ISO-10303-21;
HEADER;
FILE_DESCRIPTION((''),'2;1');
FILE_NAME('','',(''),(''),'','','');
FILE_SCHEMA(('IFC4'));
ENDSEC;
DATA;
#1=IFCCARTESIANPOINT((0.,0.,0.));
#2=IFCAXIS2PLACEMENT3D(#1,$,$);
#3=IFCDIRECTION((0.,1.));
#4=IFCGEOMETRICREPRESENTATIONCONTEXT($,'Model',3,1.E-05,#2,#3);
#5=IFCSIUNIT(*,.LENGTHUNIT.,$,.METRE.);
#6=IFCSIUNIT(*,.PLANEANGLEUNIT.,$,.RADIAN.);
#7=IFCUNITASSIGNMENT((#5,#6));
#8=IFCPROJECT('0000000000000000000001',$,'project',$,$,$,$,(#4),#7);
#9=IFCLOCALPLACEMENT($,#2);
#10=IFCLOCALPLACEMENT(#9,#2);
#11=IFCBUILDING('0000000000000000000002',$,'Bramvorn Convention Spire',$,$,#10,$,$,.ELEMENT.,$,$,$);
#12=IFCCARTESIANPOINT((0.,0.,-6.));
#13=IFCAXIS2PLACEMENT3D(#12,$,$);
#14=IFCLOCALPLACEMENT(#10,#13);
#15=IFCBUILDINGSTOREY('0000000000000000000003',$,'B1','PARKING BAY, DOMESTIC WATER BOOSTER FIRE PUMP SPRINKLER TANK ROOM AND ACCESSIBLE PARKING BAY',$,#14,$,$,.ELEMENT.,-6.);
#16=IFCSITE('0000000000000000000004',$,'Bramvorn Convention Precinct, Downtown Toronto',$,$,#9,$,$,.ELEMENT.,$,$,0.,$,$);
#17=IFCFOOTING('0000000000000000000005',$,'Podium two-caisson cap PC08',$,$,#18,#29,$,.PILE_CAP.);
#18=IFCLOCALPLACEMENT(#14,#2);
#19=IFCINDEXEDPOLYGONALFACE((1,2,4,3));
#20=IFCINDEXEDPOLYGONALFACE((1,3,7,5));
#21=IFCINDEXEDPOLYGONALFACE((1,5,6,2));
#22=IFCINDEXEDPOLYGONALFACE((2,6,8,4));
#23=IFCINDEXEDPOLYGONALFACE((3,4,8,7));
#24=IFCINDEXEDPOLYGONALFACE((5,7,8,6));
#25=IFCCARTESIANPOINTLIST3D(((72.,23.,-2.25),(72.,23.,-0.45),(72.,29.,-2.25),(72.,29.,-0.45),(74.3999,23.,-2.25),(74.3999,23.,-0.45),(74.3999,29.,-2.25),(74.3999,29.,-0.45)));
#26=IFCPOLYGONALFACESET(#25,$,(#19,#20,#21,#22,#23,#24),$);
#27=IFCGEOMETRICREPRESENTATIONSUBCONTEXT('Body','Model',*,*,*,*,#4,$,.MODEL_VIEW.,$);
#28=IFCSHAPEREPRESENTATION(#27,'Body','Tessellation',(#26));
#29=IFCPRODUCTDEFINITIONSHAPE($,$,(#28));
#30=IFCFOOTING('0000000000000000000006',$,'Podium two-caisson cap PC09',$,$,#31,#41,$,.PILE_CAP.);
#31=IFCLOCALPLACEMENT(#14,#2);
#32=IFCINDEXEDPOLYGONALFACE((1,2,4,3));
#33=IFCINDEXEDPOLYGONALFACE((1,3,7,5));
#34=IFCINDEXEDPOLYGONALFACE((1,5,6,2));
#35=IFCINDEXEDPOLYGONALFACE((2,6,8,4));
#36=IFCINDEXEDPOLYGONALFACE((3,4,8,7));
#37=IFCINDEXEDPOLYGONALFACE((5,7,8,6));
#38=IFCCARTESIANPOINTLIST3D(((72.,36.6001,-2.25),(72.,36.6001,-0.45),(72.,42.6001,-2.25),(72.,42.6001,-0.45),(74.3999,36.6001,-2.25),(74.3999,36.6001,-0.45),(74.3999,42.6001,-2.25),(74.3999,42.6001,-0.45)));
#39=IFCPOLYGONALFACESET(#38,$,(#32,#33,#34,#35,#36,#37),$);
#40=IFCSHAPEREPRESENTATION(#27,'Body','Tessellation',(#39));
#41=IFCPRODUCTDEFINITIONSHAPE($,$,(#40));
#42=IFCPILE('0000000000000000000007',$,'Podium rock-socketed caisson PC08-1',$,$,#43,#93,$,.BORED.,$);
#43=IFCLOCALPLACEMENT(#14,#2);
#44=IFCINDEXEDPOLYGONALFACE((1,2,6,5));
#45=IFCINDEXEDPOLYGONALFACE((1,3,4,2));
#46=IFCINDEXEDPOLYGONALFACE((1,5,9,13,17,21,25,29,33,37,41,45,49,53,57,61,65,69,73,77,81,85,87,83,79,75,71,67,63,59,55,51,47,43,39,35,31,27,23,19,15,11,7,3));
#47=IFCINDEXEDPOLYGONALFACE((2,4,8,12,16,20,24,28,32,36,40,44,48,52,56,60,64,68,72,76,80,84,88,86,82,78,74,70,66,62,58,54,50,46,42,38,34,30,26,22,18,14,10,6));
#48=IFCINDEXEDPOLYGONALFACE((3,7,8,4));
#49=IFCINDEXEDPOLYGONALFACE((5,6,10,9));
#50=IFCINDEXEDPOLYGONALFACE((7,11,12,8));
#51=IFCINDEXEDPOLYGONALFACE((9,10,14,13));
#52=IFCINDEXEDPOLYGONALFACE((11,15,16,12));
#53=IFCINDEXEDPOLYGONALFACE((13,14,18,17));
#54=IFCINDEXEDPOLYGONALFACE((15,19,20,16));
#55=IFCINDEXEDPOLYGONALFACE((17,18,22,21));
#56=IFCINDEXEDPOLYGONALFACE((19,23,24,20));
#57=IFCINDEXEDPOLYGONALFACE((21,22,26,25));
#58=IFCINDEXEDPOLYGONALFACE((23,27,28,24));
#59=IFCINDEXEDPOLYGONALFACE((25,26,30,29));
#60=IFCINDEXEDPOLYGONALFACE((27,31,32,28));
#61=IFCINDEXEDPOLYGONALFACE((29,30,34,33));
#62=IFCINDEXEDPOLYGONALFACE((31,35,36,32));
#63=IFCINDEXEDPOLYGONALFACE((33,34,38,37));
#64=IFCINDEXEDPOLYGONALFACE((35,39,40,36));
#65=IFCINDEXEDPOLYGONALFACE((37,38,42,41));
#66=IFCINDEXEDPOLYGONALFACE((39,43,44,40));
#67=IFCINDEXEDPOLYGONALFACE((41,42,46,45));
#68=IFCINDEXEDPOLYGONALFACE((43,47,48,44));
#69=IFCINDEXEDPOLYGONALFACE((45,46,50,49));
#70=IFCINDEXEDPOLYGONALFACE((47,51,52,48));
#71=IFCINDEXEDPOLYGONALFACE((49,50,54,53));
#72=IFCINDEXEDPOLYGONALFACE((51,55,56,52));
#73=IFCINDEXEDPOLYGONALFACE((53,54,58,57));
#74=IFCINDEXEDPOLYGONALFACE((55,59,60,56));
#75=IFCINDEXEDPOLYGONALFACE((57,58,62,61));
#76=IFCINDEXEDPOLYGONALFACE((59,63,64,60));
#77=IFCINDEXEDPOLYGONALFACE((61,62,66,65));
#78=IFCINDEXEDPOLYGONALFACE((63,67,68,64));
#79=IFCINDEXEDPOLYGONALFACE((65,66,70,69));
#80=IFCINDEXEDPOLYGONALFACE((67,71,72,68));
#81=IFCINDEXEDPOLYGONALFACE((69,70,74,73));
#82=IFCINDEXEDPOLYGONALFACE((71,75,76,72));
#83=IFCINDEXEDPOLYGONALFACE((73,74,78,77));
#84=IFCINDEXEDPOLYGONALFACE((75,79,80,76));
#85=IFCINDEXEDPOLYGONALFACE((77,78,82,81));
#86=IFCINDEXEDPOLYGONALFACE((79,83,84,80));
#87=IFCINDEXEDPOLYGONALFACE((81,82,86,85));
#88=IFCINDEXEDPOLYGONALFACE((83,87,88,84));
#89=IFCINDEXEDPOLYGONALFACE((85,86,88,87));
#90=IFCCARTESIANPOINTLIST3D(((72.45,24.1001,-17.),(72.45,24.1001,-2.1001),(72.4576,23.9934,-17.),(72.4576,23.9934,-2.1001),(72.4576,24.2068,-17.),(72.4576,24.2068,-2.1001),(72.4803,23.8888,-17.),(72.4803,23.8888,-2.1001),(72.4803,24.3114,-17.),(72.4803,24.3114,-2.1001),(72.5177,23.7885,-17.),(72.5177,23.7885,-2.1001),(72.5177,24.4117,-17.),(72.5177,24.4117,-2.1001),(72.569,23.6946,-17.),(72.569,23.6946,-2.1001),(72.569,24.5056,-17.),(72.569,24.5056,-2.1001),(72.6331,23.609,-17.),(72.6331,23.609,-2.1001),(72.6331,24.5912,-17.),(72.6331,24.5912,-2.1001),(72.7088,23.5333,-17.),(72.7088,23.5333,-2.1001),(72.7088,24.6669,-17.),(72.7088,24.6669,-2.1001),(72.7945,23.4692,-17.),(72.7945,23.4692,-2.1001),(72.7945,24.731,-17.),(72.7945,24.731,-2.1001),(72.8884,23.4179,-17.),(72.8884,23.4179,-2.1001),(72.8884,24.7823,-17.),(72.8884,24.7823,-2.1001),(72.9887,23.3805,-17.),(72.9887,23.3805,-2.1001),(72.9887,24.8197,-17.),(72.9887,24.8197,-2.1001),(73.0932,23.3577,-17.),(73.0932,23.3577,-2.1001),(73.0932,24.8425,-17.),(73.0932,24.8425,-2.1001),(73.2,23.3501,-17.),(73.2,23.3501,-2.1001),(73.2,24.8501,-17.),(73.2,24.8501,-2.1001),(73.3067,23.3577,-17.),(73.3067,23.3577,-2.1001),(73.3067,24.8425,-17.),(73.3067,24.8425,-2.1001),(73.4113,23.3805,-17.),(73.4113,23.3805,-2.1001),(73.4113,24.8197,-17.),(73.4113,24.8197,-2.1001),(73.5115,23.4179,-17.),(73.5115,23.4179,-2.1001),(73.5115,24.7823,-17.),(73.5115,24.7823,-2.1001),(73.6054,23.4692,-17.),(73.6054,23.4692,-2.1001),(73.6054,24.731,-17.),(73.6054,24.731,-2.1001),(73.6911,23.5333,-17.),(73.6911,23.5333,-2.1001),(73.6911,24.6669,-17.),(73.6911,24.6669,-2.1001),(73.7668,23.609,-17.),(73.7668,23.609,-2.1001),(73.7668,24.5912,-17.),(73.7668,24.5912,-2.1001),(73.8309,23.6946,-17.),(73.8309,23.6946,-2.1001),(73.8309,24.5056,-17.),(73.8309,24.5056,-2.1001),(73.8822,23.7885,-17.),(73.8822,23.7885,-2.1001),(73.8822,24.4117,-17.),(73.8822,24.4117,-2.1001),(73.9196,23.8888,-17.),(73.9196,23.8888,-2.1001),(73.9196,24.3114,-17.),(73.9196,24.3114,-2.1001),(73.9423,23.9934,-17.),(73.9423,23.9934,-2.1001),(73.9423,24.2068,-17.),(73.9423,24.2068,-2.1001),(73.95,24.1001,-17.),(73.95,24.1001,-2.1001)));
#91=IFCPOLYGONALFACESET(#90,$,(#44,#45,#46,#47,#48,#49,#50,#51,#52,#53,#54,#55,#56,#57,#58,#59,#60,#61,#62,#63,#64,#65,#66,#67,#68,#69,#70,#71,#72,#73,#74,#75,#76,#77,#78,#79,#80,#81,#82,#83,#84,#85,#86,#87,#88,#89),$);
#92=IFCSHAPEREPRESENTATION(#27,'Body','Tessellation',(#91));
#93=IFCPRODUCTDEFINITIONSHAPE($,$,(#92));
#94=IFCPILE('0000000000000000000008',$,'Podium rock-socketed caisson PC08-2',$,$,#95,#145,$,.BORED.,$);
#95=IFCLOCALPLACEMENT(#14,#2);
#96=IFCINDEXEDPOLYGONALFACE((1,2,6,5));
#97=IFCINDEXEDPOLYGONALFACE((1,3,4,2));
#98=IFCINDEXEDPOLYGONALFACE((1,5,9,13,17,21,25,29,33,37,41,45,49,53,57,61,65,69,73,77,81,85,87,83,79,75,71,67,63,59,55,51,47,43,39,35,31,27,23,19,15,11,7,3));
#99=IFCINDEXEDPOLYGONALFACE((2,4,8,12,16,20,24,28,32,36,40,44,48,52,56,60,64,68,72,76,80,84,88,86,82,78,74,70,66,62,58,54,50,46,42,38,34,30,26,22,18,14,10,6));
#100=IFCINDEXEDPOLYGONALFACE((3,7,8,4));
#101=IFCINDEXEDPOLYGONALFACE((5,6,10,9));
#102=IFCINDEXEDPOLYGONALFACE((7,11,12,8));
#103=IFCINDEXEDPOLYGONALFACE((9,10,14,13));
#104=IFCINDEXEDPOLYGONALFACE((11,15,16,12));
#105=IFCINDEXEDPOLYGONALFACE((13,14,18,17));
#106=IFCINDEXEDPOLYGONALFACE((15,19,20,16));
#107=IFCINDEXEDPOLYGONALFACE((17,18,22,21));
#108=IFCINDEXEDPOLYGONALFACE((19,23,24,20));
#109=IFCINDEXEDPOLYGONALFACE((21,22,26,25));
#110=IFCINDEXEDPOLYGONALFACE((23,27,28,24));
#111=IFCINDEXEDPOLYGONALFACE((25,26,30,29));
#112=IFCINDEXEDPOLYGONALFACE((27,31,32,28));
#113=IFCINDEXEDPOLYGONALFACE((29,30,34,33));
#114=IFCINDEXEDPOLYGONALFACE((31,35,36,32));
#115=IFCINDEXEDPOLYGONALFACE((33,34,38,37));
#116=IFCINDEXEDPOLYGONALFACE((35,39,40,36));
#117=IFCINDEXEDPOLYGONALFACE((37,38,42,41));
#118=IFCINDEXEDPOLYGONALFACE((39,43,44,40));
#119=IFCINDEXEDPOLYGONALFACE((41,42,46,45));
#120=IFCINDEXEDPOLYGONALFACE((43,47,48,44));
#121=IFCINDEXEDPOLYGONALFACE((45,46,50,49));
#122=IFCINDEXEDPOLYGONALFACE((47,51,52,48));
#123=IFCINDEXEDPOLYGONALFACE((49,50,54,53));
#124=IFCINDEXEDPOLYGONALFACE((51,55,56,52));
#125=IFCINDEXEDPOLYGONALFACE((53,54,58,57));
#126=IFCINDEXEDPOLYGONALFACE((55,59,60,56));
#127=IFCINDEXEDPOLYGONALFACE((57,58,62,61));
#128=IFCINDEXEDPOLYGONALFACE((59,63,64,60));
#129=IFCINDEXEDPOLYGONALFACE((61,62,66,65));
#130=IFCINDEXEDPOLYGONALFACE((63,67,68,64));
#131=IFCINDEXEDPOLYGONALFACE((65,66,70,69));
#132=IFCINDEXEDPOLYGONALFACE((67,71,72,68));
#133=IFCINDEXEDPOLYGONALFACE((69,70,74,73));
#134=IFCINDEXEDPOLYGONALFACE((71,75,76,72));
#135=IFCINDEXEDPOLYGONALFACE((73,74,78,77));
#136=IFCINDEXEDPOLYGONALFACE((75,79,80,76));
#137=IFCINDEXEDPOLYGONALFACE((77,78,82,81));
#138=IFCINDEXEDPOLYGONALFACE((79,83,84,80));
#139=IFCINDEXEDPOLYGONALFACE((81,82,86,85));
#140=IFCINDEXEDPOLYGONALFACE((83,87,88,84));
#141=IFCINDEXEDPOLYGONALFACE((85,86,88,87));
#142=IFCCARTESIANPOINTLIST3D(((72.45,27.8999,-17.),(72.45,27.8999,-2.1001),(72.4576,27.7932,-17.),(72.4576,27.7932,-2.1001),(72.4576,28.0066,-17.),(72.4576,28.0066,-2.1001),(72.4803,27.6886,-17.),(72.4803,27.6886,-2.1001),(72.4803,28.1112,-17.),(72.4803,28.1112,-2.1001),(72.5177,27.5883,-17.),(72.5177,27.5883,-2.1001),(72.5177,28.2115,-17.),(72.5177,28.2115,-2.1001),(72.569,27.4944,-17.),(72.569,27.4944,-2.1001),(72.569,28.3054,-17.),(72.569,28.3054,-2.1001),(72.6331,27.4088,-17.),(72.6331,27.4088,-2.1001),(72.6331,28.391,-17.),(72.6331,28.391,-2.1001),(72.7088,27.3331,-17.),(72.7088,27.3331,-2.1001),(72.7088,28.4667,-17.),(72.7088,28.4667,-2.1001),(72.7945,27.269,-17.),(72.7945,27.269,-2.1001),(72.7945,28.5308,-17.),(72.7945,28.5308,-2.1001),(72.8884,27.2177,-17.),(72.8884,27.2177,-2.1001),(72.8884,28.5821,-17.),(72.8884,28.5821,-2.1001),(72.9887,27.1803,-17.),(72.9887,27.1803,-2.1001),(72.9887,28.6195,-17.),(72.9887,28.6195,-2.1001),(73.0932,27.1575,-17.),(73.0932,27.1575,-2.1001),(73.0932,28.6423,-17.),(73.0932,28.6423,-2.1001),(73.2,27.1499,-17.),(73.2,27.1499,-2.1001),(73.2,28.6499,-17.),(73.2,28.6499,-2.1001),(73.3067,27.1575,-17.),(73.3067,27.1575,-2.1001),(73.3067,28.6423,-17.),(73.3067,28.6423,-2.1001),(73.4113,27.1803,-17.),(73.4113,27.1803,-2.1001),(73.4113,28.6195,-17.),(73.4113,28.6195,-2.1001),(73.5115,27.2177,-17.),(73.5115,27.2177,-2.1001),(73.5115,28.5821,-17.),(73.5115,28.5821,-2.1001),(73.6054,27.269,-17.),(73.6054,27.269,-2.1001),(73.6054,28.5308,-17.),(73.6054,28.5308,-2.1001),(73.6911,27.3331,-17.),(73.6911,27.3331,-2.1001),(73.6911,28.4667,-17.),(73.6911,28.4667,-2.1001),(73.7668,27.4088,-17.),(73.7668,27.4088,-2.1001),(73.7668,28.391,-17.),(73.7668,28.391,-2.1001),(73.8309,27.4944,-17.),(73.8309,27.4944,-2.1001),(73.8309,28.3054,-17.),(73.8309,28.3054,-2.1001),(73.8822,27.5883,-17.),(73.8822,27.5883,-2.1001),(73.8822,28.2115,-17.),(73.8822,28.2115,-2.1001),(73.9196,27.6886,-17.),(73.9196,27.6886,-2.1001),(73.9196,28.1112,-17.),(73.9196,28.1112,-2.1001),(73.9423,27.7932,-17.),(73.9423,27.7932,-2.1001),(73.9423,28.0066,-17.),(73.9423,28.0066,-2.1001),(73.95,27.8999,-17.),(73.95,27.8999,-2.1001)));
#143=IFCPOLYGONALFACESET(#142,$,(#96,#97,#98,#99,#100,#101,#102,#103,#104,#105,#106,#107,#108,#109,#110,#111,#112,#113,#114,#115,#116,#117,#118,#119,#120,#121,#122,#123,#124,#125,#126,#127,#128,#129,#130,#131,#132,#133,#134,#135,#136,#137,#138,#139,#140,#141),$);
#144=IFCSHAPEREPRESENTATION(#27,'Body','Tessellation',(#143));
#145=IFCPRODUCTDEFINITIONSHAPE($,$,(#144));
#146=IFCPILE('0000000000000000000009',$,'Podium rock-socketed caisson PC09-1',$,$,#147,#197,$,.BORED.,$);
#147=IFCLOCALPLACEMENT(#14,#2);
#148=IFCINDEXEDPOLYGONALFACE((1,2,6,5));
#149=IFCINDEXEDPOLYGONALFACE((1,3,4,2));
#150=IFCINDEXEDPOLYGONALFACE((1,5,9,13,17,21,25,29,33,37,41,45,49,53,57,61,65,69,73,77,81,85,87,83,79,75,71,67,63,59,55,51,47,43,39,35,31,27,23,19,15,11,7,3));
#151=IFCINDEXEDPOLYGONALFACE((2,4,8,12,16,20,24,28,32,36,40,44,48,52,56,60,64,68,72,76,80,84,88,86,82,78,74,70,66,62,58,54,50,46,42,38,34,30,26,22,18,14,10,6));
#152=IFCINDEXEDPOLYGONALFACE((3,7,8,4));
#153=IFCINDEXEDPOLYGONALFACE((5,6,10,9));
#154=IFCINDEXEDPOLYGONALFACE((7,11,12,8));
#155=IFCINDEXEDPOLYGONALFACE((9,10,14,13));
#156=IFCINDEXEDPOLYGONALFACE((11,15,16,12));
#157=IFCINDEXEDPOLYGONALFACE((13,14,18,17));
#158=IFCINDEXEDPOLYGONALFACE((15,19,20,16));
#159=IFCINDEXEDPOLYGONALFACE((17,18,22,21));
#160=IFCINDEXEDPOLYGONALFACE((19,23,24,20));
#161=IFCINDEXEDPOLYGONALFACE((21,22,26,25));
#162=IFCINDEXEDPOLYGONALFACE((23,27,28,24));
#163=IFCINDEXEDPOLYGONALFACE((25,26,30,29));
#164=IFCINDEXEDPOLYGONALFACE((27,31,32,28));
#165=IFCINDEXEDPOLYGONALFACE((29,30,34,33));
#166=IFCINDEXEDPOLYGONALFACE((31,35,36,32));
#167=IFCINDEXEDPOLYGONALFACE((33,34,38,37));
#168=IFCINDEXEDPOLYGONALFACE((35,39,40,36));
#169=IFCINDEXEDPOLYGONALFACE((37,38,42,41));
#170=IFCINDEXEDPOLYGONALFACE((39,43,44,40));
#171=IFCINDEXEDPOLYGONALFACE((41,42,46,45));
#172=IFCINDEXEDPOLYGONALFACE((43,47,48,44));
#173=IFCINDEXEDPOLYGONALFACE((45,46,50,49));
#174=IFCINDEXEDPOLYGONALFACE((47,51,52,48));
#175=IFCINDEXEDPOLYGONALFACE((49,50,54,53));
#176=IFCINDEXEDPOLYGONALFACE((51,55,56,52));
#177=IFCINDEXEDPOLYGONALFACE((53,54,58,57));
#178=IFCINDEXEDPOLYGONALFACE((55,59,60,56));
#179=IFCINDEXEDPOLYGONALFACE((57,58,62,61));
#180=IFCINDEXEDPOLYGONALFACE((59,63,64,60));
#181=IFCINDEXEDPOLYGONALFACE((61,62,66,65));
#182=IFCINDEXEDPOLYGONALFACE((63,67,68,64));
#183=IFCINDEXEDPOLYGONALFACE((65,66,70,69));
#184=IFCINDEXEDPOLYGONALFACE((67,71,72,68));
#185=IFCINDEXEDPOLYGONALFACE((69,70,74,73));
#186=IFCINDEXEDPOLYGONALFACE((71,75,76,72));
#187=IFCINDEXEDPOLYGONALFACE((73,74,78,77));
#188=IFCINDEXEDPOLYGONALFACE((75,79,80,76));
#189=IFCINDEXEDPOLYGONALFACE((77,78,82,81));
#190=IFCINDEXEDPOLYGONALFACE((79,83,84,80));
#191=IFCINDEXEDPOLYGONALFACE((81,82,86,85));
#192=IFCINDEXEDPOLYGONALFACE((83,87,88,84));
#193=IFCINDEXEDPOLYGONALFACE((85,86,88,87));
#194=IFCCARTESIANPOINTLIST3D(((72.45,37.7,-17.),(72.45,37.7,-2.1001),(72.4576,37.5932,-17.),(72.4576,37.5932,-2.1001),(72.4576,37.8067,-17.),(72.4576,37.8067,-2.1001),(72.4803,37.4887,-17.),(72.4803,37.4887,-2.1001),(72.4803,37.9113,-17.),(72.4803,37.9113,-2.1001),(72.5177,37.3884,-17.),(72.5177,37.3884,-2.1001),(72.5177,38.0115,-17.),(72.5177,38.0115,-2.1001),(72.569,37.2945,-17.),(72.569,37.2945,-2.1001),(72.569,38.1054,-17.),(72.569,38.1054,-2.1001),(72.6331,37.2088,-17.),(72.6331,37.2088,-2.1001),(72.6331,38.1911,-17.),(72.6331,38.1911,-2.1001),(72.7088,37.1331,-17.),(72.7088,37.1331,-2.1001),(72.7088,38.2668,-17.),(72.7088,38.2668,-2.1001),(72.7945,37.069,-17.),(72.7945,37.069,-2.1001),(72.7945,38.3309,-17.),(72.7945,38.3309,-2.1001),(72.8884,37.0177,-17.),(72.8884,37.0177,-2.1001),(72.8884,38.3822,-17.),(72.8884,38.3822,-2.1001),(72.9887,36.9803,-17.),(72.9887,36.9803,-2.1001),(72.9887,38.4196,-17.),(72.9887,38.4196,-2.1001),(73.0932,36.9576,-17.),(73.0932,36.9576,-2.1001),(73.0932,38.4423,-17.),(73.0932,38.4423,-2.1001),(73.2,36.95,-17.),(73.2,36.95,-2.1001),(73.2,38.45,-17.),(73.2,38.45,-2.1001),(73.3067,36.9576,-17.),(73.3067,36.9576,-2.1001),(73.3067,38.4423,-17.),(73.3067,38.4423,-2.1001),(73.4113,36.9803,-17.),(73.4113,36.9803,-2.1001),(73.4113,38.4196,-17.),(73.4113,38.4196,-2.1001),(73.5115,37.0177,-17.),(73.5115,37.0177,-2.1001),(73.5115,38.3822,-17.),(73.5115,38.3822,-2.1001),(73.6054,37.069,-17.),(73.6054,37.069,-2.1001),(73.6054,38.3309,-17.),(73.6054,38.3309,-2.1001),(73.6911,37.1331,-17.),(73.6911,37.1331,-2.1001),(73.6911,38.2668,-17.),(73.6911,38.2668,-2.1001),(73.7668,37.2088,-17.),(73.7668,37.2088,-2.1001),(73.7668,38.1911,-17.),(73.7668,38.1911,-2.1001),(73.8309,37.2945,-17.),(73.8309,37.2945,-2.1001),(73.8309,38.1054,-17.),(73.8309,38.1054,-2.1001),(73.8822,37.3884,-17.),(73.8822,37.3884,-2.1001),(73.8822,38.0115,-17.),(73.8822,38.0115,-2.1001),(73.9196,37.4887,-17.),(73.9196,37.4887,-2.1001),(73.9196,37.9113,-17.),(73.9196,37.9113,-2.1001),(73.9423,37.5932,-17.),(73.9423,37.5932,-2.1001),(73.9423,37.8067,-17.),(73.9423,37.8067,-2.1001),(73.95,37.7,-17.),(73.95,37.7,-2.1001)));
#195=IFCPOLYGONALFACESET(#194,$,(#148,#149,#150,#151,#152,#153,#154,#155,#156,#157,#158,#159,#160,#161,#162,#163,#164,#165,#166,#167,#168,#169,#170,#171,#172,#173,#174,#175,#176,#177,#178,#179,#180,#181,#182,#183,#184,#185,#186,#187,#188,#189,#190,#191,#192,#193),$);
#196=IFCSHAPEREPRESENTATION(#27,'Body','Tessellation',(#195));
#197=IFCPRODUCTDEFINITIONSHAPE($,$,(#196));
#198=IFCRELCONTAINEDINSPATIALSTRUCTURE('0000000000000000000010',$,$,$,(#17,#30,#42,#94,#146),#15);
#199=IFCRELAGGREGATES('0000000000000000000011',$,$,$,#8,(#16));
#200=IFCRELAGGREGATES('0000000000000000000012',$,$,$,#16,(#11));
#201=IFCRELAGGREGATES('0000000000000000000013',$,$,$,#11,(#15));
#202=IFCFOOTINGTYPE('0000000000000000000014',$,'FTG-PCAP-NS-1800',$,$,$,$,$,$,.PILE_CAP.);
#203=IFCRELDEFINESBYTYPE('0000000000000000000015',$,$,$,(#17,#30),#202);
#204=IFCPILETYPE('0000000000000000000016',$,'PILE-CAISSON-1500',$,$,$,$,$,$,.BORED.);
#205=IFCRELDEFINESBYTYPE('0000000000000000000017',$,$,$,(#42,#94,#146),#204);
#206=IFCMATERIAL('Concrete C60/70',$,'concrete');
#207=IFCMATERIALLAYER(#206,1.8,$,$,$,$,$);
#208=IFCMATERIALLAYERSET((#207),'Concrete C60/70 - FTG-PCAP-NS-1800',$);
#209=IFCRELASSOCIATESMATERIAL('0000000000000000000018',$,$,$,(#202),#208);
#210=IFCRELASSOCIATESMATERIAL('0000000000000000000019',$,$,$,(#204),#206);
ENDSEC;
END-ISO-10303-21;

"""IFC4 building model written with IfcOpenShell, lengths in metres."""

from ifc_helpers import new_model, si_unit, direction, frame, origin, origin_2d, place, context, subcontext, project, spatial, rectangle, circle, extrude, material, layer, layer_set, material_profile, profile_set, type_object, element, save


model = new_model("IFC4")

# Units and contexts
model_context = context("Model", 3, precision=1e-05, world=origin(), true_north=direction((0.0, 1.0)))
body_context = subcontext(model_context, "Body", "Model", "MODEL_VIEW")
ifc_project = project(units=[si_unit("LENGTHUNIT", "METRE"), si_unit("PLANEANGLEUNIT", "RADIAN")], contexts=[model_context])

# Site, building, storey
site_placement = place(None, origin())
site = spatial("IfcSite", under=ifc_project, at=site_placement, Name="Bramvorn Convention Precinct, Downtown Toronto", CompositionType="ELEMENT", RefElevation=0.0)
building_placement = place(site_placement, origin())
building = spatial("IfcBuilding", under=site, at=building_placement, Name="Bramvorn Convention Spire", CompositionType="ELEMENT")
storey_placement = place(building_placement, frame((0.0, 0.0, -6.0)))
storey = spatial("IfcBuildingStorey", under=building, at=storey_placement, Name="B1", Description="PARKING BAY, DOMESTIC WATER BOOSTER FIRE PUMP SPRINKLER TANK ROOM AND ACCESSIBLE PARKING BAY", CompositionType="ELEMENT", Elevation=-6.0)

# Footings
ifc_material_1 = material(Name="Concrete C60/70", Category="concrete")
ifc_layer_1 = layer(ifc_material_1, 1.8)
ifc_layer_set_1 = layer_set([ifc_layer_1], Name="Concrete C60/70 - FTG-PCAP-NS-1800")
footing_type = type_object("IfcFootingType", Name="FTG-PCAP-NS-1800", PredefinedType="PILE_CAP", material=ifc_layer_set_1)
for number, where, z_axis, x_axis, name in (
    (1, (73.2, 26.0, -2.25), (0.0, 0.0, 1.0), (1.0, 0.0, 0.0), "Podium two-caisson cap PC08"),
    (2, (73.2, 39.6001, -2.25), (0.0, 0.0, 1.0), (1.0, 0.0, 0.0), "Podium two-caisson cap PC09"),
):
    element("IfcFooting", number, at=place(storey_placement, frame(where, z_axis=z_axis, x_axis=x_axis)), inside=storey, type_object=footing_type, Name=name, PredefinedType="PILE_CAP", context=body_context, shape_type="SweptSolid", body=[
        extrude(rectangle(XDim=2.3999, YDim=6.0, at=origin_2d()), origin(), (0.0, 0.0, 1.0), 1.8),
    ])

# Piles
ifc_material_profile_1 = material_profile(ifc_material_1, circle(Radius=0.75, at=origin_2d()))
ifc_profile_set_1 = profile_set([ifc_material_profile_1], Name="Concrete C60/70 - CAISSON1500")
pile_type_1 = type_object("IfcPileType", Name="PILE-CAISSON-1500", PredefinedType="BORED", material=ifc_profile_set_1)
for number, where, z_axis, x_axis, name in (
    (3, (73.2, 24.1001, -2.1001), (0.0, 0.0, -1.0), (1.0, 0.0, 0.0), "Podium rock-socketed caisson PC08-1"),
    (4, (73.2, 27.8999, -2.1001), (0.0, 0.0, -1.0), (1.0, 0.0, 0.0), "Podium rock-socketed caisson PC08-2"),
    (5, (73.2, 37.7, -2.1001), (0.0, 0.0, -1.0), (1.0, 0.0, 0.0), "Podium rock-socketed caisson PC09-1"),
):
    element("IfcPile", number, at=place(storey_placement, frame(where, z_axis=z_axis, x_axis=x_axis)), inside=storey, type_object=pile_type_1, Name=name, PredefinedType="BORED", context=body_context, shape_type="SweptSolid", body=[
        extrude(circle(Radius=0.75, at=origin_2d()), origin(), (0.0, 0.0, 1.0), 14.8999),
    ])

save(model, "model.ifc")
